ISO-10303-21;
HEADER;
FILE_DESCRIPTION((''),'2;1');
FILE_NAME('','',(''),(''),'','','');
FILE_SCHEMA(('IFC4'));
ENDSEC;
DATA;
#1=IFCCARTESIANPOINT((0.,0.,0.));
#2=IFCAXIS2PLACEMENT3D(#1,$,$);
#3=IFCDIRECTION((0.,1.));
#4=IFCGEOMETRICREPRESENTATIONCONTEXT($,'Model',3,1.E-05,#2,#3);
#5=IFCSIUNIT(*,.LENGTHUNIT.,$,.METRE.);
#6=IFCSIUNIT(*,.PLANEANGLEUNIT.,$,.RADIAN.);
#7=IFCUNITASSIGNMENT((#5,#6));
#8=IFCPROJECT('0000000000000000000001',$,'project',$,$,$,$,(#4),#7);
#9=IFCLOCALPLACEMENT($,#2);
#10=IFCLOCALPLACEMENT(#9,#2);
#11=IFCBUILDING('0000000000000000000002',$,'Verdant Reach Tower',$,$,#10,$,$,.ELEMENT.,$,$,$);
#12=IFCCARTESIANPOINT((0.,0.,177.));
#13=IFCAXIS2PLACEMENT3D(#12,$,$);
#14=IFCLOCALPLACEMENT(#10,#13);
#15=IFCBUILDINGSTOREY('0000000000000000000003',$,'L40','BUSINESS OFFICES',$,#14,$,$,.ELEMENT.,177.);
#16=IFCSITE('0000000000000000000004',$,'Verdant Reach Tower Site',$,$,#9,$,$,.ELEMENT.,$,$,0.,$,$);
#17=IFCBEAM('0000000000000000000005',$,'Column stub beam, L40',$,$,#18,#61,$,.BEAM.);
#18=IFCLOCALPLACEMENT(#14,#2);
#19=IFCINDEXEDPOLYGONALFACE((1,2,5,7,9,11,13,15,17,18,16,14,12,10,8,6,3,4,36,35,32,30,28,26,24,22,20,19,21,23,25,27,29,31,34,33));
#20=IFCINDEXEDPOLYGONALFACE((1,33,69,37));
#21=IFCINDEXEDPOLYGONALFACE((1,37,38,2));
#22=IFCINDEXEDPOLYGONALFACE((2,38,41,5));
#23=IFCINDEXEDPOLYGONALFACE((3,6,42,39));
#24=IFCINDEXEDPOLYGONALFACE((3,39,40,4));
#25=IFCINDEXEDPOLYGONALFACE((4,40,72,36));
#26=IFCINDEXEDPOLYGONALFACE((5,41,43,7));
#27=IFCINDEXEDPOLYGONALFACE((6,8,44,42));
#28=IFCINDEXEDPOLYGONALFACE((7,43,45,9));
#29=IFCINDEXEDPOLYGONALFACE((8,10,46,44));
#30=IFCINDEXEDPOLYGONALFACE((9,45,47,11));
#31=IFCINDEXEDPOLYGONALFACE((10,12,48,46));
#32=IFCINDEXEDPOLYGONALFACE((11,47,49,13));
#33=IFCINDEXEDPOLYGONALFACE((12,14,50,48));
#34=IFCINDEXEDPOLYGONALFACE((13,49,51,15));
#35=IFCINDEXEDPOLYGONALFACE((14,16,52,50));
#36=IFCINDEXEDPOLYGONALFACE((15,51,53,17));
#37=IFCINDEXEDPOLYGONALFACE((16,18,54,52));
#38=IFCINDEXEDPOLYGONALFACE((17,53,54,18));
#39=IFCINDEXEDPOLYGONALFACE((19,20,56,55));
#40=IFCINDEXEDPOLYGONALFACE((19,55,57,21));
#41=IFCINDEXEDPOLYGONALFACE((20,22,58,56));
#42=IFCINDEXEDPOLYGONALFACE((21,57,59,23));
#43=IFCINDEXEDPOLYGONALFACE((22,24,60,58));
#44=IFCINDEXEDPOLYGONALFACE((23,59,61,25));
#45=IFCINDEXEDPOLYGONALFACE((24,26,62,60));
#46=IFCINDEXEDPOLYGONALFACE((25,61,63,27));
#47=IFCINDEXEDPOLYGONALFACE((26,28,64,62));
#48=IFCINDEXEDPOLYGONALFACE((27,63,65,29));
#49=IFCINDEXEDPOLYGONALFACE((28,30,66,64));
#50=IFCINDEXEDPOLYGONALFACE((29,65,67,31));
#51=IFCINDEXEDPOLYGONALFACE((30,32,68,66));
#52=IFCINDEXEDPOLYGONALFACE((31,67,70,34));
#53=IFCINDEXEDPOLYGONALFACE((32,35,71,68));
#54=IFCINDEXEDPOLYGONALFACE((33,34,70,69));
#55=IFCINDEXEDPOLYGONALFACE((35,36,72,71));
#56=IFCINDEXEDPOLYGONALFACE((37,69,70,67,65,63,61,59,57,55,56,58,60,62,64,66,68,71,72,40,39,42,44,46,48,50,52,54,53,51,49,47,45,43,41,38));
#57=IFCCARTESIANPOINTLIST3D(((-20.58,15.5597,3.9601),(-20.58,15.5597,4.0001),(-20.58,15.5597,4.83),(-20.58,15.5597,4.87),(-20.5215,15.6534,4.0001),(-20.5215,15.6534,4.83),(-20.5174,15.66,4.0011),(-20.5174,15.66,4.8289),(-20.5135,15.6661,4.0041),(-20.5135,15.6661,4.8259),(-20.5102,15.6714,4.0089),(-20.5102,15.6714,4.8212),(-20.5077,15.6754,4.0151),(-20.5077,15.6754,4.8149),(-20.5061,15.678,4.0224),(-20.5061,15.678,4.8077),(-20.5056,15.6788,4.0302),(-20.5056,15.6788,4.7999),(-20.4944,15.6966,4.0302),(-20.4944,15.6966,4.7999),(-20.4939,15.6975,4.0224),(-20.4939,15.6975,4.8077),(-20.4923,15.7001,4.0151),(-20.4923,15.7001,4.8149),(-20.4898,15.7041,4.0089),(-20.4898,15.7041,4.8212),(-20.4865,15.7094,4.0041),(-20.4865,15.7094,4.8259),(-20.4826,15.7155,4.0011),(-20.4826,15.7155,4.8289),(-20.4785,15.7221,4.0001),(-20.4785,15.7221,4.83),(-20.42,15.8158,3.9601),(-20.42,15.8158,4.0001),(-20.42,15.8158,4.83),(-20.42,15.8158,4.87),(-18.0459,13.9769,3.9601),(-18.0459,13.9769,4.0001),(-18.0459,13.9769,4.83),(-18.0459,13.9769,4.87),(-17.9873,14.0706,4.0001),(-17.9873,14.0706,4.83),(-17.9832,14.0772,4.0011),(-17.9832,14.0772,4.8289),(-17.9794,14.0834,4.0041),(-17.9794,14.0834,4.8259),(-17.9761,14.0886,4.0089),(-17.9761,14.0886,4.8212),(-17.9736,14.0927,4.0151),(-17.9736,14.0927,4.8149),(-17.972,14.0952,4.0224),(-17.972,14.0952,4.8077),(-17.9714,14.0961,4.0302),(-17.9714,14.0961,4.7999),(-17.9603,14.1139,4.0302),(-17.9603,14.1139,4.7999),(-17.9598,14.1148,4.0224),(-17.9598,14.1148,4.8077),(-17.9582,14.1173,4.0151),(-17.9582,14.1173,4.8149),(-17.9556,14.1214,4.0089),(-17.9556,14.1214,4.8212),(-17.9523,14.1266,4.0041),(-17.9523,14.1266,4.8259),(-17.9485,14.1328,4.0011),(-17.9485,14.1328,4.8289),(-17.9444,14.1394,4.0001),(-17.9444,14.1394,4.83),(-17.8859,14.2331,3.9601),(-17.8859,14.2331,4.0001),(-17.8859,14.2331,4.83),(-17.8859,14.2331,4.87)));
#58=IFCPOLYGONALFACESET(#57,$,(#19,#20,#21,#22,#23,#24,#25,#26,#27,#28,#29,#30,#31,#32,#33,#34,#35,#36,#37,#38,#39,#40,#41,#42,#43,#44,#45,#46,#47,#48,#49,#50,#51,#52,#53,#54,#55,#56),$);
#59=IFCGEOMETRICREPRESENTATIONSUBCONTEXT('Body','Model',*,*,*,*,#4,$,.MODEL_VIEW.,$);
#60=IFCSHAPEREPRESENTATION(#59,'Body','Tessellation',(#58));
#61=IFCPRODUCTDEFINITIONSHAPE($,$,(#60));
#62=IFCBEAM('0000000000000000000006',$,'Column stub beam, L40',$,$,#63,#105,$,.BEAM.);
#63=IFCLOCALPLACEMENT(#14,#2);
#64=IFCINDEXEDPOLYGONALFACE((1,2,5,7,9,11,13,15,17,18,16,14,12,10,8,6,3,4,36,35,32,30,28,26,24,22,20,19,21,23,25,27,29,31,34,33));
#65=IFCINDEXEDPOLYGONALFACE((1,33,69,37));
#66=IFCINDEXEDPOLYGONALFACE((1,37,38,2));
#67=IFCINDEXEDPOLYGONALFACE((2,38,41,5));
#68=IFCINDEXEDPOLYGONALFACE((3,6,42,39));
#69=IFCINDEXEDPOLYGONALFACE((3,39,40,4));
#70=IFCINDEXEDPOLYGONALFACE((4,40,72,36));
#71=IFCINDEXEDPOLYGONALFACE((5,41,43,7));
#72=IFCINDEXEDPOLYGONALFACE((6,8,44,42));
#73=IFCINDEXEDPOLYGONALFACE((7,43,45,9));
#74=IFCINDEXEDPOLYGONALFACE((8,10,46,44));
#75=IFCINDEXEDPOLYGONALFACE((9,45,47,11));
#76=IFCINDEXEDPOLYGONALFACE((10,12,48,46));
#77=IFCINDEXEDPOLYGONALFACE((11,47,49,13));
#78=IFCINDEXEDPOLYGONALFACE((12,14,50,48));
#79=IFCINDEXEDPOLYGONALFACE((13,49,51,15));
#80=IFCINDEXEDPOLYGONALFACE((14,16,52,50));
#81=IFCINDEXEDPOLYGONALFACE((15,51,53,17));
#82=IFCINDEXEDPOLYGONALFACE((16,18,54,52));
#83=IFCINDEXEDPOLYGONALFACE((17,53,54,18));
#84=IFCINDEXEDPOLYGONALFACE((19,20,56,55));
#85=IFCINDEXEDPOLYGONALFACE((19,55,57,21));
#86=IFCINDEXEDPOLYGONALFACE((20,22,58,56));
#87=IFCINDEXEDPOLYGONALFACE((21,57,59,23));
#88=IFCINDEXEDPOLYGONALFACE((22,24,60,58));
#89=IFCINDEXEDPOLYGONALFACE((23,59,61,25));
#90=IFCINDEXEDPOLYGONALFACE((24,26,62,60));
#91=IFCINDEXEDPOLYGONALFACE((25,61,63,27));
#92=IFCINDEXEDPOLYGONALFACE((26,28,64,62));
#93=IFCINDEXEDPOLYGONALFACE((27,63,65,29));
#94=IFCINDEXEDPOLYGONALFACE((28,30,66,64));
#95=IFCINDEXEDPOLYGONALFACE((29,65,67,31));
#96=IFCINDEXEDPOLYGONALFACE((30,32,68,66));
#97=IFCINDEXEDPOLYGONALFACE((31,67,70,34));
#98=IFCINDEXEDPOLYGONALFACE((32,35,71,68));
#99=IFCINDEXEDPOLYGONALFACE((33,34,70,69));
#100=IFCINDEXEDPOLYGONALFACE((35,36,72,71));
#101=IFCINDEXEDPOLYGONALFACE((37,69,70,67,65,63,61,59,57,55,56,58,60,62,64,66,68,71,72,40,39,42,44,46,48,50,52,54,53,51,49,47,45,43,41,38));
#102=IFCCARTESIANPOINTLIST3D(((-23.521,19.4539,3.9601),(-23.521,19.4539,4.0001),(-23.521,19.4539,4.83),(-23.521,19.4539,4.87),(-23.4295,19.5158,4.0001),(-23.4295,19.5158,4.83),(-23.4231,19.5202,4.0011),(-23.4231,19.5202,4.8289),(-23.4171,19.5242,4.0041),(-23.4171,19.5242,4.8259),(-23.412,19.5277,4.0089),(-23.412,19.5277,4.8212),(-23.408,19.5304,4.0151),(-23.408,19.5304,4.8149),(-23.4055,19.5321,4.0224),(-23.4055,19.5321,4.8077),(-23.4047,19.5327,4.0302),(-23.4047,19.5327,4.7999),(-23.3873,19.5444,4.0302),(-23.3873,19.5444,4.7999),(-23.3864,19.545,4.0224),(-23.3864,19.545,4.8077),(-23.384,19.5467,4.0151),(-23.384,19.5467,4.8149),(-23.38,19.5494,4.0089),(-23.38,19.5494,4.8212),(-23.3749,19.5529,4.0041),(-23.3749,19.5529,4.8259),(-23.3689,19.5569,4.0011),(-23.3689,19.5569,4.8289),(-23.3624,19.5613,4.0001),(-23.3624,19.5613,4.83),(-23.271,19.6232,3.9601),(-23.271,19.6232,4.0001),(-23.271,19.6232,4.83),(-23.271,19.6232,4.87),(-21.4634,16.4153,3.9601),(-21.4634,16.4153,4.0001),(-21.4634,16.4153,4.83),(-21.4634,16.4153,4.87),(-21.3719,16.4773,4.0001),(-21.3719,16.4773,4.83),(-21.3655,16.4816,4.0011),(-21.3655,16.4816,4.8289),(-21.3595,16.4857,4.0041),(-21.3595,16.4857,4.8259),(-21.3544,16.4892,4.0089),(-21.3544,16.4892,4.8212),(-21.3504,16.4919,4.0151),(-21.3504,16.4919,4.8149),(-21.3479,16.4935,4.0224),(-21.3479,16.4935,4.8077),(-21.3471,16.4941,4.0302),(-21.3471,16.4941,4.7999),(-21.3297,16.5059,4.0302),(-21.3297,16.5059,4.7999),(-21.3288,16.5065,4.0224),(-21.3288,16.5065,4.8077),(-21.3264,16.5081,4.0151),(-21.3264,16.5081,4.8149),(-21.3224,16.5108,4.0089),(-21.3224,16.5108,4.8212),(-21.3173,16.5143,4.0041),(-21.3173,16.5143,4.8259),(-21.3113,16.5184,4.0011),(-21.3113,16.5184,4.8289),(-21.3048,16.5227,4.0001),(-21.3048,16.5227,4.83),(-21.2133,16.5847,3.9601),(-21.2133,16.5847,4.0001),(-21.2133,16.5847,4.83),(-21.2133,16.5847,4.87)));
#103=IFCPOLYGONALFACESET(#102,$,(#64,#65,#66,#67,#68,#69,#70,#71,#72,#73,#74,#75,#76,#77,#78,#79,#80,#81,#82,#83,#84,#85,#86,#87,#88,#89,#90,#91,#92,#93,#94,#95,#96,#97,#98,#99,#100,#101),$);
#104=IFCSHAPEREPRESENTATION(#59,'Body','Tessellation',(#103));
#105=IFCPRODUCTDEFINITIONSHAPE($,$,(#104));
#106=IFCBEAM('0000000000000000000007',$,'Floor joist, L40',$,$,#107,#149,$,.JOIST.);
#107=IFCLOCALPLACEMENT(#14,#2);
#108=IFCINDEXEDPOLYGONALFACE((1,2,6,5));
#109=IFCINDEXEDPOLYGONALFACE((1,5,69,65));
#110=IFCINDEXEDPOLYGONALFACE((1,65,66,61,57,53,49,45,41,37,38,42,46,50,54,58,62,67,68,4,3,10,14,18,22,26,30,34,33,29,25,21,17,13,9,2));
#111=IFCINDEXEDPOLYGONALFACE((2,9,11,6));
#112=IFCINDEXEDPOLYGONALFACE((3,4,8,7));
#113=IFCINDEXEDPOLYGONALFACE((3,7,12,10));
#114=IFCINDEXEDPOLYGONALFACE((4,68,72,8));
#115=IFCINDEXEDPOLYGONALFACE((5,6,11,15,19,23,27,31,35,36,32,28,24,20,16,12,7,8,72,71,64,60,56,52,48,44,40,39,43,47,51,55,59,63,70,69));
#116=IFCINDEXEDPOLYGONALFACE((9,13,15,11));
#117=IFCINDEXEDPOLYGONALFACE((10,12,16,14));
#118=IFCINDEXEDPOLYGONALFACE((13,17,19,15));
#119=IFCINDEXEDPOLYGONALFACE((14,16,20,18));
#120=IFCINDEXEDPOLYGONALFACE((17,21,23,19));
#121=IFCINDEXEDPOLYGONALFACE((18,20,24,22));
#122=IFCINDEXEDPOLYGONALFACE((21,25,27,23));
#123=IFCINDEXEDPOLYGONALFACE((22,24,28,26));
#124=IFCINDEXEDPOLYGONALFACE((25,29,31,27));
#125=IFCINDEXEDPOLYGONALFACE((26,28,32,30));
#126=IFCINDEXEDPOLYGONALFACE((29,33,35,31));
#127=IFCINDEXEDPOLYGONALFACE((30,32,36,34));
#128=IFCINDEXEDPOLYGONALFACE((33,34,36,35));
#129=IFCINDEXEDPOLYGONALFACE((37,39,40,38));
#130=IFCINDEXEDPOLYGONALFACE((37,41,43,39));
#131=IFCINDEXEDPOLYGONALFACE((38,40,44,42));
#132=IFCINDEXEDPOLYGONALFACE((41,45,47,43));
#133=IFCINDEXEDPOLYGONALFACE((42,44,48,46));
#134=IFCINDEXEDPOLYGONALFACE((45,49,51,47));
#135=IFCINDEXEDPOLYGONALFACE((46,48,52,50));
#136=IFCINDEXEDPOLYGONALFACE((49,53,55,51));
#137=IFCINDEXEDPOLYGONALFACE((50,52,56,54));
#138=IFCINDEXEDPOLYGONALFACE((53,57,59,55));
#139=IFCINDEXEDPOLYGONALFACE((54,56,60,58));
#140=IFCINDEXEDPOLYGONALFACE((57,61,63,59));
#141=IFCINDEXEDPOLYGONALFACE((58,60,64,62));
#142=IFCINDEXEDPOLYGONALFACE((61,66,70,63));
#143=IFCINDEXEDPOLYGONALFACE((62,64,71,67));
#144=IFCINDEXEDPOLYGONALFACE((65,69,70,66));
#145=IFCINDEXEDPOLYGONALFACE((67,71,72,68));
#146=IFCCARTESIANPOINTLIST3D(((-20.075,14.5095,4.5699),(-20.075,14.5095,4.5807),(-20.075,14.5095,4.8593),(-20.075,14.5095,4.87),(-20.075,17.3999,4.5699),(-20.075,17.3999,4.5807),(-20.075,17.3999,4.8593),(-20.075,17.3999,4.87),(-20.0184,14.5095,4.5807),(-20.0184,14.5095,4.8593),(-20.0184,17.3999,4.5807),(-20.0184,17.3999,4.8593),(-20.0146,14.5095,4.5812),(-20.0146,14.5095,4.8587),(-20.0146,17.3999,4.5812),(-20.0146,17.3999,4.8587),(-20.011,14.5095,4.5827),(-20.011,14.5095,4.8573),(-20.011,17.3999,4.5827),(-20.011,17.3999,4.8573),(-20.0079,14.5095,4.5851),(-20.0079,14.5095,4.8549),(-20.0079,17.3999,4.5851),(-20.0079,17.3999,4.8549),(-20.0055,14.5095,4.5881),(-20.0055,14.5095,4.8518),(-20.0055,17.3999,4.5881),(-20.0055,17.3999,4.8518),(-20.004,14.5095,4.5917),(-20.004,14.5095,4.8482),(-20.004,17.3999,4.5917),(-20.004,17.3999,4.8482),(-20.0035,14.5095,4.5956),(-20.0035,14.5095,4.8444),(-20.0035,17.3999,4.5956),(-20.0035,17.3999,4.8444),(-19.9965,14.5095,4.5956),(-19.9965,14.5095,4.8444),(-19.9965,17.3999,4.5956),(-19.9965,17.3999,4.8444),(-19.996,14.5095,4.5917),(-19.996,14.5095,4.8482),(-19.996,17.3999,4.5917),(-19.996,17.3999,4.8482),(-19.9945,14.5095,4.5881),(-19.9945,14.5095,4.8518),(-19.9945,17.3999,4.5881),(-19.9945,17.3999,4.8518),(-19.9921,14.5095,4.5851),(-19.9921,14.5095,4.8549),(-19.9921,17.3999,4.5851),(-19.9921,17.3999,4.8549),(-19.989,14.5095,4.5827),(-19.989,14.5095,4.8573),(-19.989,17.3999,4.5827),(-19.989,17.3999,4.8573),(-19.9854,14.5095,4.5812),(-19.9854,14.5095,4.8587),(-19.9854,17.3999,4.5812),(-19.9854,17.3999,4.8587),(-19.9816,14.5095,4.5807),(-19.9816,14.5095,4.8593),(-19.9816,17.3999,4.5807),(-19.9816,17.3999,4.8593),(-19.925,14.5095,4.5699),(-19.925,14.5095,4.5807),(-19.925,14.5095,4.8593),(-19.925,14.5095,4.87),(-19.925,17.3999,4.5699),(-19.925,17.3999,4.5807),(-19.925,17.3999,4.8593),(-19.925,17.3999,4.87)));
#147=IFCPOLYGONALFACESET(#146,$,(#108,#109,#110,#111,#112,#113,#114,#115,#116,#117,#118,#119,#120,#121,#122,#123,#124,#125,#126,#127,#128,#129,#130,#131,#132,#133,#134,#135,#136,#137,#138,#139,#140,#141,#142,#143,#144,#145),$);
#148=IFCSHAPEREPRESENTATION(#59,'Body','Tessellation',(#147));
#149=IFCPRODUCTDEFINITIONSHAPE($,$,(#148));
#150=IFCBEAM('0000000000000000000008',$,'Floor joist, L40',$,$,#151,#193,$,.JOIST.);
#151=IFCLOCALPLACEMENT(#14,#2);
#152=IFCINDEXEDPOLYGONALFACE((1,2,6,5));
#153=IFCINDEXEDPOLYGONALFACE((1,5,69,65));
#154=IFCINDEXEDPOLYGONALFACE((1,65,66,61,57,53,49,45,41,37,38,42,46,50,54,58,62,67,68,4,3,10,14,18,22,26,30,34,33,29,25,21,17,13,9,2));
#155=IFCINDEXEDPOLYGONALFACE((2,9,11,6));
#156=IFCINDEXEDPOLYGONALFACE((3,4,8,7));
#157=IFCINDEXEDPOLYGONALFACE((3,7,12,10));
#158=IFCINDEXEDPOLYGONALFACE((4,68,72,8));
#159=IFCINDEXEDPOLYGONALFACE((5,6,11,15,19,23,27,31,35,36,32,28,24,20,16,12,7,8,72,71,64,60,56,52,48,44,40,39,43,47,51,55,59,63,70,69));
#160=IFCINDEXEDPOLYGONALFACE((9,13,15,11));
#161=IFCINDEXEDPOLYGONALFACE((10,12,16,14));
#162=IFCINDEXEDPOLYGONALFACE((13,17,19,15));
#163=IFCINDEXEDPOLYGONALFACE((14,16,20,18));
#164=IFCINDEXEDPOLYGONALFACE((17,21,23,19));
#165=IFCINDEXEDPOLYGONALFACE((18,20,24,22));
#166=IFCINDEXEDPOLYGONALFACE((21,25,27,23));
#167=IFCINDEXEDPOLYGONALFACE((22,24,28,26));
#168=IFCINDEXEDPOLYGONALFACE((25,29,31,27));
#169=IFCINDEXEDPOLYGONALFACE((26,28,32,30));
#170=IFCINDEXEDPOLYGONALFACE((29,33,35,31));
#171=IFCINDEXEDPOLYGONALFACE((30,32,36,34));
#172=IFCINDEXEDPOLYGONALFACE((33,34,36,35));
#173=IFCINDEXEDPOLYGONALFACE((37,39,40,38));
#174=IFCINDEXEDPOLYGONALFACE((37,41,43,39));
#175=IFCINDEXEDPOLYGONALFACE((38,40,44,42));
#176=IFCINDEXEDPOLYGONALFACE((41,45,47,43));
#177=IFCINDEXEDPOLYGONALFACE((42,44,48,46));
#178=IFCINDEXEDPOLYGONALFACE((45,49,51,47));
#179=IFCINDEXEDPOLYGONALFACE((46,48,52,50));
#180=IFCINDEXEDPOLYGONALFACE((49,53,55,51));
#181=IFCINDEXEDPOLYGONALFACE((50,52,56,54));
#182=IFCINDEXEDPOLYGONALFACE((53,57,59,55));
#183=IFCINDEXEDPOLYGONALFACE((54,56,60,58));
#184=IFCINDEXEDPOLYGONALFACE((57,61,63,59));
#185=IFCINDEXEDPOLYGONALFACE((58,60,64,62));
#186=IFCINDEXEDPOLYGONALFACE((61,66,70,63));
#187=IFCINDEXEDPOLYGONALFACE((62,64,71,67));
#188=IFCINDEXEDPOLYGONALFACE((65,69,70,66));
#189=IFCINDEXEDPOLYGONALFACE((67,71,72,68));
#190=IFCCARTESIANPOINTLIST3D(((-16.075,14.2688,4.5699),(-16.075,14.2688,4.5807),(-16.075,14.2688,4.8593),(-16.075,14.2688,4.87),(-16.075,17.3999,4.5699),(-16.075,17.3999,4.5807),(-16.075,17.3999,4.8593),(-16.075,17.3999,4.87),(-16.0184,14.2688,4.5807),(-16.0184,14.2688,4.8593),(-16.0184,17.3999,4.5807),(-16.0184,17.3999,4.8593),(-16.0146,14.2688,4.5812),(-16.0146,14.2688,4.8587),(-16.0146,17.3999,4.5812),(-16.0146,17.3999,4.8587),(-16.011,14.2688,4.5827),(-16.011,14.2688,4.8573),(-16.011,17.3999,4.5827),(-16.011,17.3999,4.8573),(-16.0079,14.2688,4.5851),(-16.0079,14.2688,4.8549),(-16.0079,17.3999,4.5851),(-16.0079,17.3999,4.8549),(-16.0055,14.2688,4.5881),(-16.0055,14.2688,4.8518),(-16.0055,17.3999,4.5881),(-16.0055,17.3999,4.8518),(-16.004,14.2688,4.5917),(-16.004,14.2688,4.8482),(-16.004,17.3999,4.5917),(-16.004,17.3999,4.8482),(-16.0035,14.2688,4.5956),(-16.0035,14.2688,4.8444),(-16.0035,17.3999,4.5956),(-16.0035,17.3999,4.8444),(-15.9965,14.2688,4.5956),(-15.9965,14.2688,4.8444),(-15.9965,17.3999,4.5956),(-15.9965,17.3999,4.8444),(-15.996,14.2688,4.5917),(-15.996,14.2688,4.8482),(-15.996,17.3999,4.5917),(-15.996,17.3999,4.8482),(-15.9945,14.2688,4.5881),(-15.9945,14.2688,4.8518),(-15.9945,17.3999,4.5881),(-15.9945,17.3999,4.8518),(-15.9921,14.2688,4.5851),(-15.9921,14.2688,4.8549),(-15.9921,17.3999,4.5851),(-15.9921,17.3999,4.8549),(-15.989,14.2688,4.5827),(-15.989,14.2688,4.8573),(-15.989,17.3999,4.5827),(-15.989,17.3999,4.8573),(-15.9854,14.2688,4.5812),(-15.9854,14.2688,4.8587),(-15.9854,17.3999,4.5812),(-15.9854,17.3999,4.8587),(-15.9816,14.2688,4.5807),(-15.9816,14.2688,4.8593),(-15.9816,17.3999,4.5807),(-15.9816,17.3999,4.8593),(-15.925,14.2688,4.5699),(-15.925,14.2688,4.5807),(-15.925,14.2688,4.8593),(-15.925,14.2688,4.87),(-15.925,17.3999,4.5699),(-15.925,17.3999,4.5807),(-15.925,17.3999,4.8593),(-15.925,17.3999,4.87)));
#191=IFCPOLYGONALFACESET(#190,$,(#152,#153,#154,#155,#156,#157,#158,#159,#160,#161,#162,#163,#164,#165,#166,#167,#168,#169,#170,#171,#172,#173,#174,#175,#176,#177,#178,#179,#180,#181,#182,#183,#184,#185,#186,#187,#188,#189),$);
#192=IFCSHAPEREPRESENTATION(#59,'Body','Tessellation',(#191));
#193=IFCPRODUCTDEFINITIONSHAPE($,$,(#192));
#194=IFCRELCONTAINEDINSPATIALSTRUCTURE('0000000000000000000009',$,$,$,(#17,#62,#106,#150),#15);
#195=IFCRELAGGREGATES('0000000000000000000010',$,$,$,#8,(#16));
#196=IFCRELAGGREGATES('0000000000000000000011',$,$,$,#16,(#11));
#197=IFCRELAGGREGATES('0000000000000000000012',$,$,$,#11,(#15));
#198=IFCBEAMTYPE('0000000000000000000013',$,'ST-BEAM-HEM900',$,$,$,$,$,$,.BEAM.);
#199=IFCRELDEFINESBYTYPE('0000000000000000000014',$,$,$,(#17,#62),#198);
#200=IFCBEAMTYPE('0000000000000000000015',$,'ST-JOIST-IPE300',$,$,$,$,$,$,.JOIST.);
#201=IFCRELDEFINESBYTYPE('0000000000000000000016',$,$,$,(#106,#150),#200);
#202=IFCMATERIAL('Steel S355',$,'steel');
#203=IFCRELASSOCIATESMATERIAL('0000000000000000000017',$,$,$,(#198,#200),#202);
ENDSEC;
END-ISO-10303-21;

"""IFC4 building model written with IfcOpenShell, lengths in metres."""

from ifc_helpers import new_model, si_unit, direction, frame, origin, origin_2d, place, context, subcontext, project, spatial, i_section, extrude, material, material_profile, profile_set, type_object, element, save


model = new_model("IFC4")

# Units and contexts
model_context = context("Model", 3, precision=1e-05, world=origin(), true_north=direction((0.0, 1.0)))
body_context = subcontext(model_context, "Body", "Model", "MODEL_VIEW")
ifc_project = project(units=[si_unit("LENGTHUNIT", "METRE"), si_unit("PLANEANGLEUNIT", "RADIAN")], contexts=[model_context])

# Site, building, storey
site_placement = place(None, origin())
site = spatial("IfcSite", under=ifc_project, at=site_placement, Name="Verdant Reach Tower Site", CompositionType="ELEMENT", RefElevation=0.0)
building_placement = place(site_placement, origin())
building = spatial("IfcBuilding", under=site, at=building_placement, Name="Verdant Reach Tower", CompositionType="ELEMENT")
storey_placement = place(building_placement, frame((0.0, 0.0, 177.0)))
storey = spatial("IfcBuildingStorey", under=building, at=storey_placement, Name="L40", Description="BUSINESS OFFICES", CompositionType="ELEMENT", Elevation=177.0)

# Beams
ifc_material_1 = material(Name="Steel S355", Category="steel")
ifc_material_profile_1 = material_profile(ifc_material_1, i_section(OverallWidth=0.302, OverallDepth=0.9099, WebThickness=0.021, FlangeThickness=0.04, FilletRadius=0.03, at=origin_2d()), Name="HEM 900")
ifc_profile_set_1 = profile_set([ifc_material_profile_1], Name="Steel S355")
beam_type_1 = type_object("IfcBeamType", Name="ST-BEAM-HEM900", PredefinedType="BEAM", material=ifc_profile_set_1)
beam_1_placement = place(storey_placement, frame((-20.5, 15.6877, 4.415), z_axis=(0.848164, -0.529735, 0.0), x_axis=(0.529735, 0.848164, 0.0)))
element("IfcBeam", 1, at=beam_1_placement, inside=storey, type_object=beam_type_1, Name="Column stub beam, L40", PredefinedType="BEAM", context=body_context, shape_type="SweptSolid", body=[
    extrude(i_section(OverallWidth=0.302, OverallDepth=0.9099, WebThickness=0.021, FlangeThickness=0.04, FilletRadius=0.03, at=origin_2d()), origin(), (0.0, 0.0, 1.0), 2.9878),
])
beam_2_placement = place(storey_placement, frame((-21.3384, 16.5, 4.415), z_axis=(-0.560704, 0.828016, 0.0), x_axis=(-0.828016, -0.560704, 0.0)))
element("IfcBeam", 2, at=beam_2_placement, inside=storey, type_object=beam_type_1, Name="Column stub beam, L40", PredefinedType="BEAM", context=body_context, shape_type="SweptSolid", body=[
    extrude(i_section(OverallWidth=0.302, OverallDepth=0.9099, WebThickness=0.021, FlangeThickness=0.04, FilletRadius=0.03, at=origin_2d()), origin(), (0.0, 0.0, 1.0), 3.6697),
])
ifc_material_profile_2 = material_profile(ifc_material_1, i_section(OverallWidth=0.1499, OverallDepth=0.3, WebThickness=0.0071, FlangeThickness=0.0107, FilletRadius=0.0149, at=origin_2d()), Name="IPE 300")
ifc_profile_set_2 = profile_set([ifc_material_profile_2], Name="Steel S355")
beam_type_2 = type_object("IfcBeamType", Name="ST-JOIST-IPE300", PredefinedType="JOIST", material=ifc_profile_set_2)
beam_3_placement = place(storey_placement, frame((-20.0, 17.3999, 4.72), z_axis=(0.0, -1.0, 0.0), x_axis=(1.0, 0.0, 0.0)))
element("IfcBeam", 3, at=beam_3_placement, inside=storey, type_object=beam_type_2, Name="Floor joist, L40", PredefinedType="JOIST", context=body_context, shape_type="SweptSolid", body=[
    extrude(i_section(OverallWidth=0.1499, OverallDepth=0.3, WebThickness=0.0071, FlangeThickness=0.0107, FilletRadius=0.0149, at=origin_2d()), origin(), (0.0, 0.0, 1.0), 2.8904),
])
beam_4_placement = place(storey_placement, frame((-16.0, 17.3999, 4.72), z_axis=(0.0, -1.0, 0.0), x_axis=(1.0, 0.0, 0.0)))
element("IfcBeam", 4, at=beam_4_placement, inside=storey, type_object=beam_type_2, Name="Floor joist, L40", PredefinedType="JOIST", context=body_context, shape_type="SweptSolid", body=[
    extrude(i_section(OverallWidth=0.1499, OverallDepth=0.3, WebThickness=0.0071, FlangeThickness=0.0107, FilletRadius=0.0149, at=origin_2d()), origin(), (0.0, 0.0, 1.0), 3.1311),
])

save(model, "model.ifc")
